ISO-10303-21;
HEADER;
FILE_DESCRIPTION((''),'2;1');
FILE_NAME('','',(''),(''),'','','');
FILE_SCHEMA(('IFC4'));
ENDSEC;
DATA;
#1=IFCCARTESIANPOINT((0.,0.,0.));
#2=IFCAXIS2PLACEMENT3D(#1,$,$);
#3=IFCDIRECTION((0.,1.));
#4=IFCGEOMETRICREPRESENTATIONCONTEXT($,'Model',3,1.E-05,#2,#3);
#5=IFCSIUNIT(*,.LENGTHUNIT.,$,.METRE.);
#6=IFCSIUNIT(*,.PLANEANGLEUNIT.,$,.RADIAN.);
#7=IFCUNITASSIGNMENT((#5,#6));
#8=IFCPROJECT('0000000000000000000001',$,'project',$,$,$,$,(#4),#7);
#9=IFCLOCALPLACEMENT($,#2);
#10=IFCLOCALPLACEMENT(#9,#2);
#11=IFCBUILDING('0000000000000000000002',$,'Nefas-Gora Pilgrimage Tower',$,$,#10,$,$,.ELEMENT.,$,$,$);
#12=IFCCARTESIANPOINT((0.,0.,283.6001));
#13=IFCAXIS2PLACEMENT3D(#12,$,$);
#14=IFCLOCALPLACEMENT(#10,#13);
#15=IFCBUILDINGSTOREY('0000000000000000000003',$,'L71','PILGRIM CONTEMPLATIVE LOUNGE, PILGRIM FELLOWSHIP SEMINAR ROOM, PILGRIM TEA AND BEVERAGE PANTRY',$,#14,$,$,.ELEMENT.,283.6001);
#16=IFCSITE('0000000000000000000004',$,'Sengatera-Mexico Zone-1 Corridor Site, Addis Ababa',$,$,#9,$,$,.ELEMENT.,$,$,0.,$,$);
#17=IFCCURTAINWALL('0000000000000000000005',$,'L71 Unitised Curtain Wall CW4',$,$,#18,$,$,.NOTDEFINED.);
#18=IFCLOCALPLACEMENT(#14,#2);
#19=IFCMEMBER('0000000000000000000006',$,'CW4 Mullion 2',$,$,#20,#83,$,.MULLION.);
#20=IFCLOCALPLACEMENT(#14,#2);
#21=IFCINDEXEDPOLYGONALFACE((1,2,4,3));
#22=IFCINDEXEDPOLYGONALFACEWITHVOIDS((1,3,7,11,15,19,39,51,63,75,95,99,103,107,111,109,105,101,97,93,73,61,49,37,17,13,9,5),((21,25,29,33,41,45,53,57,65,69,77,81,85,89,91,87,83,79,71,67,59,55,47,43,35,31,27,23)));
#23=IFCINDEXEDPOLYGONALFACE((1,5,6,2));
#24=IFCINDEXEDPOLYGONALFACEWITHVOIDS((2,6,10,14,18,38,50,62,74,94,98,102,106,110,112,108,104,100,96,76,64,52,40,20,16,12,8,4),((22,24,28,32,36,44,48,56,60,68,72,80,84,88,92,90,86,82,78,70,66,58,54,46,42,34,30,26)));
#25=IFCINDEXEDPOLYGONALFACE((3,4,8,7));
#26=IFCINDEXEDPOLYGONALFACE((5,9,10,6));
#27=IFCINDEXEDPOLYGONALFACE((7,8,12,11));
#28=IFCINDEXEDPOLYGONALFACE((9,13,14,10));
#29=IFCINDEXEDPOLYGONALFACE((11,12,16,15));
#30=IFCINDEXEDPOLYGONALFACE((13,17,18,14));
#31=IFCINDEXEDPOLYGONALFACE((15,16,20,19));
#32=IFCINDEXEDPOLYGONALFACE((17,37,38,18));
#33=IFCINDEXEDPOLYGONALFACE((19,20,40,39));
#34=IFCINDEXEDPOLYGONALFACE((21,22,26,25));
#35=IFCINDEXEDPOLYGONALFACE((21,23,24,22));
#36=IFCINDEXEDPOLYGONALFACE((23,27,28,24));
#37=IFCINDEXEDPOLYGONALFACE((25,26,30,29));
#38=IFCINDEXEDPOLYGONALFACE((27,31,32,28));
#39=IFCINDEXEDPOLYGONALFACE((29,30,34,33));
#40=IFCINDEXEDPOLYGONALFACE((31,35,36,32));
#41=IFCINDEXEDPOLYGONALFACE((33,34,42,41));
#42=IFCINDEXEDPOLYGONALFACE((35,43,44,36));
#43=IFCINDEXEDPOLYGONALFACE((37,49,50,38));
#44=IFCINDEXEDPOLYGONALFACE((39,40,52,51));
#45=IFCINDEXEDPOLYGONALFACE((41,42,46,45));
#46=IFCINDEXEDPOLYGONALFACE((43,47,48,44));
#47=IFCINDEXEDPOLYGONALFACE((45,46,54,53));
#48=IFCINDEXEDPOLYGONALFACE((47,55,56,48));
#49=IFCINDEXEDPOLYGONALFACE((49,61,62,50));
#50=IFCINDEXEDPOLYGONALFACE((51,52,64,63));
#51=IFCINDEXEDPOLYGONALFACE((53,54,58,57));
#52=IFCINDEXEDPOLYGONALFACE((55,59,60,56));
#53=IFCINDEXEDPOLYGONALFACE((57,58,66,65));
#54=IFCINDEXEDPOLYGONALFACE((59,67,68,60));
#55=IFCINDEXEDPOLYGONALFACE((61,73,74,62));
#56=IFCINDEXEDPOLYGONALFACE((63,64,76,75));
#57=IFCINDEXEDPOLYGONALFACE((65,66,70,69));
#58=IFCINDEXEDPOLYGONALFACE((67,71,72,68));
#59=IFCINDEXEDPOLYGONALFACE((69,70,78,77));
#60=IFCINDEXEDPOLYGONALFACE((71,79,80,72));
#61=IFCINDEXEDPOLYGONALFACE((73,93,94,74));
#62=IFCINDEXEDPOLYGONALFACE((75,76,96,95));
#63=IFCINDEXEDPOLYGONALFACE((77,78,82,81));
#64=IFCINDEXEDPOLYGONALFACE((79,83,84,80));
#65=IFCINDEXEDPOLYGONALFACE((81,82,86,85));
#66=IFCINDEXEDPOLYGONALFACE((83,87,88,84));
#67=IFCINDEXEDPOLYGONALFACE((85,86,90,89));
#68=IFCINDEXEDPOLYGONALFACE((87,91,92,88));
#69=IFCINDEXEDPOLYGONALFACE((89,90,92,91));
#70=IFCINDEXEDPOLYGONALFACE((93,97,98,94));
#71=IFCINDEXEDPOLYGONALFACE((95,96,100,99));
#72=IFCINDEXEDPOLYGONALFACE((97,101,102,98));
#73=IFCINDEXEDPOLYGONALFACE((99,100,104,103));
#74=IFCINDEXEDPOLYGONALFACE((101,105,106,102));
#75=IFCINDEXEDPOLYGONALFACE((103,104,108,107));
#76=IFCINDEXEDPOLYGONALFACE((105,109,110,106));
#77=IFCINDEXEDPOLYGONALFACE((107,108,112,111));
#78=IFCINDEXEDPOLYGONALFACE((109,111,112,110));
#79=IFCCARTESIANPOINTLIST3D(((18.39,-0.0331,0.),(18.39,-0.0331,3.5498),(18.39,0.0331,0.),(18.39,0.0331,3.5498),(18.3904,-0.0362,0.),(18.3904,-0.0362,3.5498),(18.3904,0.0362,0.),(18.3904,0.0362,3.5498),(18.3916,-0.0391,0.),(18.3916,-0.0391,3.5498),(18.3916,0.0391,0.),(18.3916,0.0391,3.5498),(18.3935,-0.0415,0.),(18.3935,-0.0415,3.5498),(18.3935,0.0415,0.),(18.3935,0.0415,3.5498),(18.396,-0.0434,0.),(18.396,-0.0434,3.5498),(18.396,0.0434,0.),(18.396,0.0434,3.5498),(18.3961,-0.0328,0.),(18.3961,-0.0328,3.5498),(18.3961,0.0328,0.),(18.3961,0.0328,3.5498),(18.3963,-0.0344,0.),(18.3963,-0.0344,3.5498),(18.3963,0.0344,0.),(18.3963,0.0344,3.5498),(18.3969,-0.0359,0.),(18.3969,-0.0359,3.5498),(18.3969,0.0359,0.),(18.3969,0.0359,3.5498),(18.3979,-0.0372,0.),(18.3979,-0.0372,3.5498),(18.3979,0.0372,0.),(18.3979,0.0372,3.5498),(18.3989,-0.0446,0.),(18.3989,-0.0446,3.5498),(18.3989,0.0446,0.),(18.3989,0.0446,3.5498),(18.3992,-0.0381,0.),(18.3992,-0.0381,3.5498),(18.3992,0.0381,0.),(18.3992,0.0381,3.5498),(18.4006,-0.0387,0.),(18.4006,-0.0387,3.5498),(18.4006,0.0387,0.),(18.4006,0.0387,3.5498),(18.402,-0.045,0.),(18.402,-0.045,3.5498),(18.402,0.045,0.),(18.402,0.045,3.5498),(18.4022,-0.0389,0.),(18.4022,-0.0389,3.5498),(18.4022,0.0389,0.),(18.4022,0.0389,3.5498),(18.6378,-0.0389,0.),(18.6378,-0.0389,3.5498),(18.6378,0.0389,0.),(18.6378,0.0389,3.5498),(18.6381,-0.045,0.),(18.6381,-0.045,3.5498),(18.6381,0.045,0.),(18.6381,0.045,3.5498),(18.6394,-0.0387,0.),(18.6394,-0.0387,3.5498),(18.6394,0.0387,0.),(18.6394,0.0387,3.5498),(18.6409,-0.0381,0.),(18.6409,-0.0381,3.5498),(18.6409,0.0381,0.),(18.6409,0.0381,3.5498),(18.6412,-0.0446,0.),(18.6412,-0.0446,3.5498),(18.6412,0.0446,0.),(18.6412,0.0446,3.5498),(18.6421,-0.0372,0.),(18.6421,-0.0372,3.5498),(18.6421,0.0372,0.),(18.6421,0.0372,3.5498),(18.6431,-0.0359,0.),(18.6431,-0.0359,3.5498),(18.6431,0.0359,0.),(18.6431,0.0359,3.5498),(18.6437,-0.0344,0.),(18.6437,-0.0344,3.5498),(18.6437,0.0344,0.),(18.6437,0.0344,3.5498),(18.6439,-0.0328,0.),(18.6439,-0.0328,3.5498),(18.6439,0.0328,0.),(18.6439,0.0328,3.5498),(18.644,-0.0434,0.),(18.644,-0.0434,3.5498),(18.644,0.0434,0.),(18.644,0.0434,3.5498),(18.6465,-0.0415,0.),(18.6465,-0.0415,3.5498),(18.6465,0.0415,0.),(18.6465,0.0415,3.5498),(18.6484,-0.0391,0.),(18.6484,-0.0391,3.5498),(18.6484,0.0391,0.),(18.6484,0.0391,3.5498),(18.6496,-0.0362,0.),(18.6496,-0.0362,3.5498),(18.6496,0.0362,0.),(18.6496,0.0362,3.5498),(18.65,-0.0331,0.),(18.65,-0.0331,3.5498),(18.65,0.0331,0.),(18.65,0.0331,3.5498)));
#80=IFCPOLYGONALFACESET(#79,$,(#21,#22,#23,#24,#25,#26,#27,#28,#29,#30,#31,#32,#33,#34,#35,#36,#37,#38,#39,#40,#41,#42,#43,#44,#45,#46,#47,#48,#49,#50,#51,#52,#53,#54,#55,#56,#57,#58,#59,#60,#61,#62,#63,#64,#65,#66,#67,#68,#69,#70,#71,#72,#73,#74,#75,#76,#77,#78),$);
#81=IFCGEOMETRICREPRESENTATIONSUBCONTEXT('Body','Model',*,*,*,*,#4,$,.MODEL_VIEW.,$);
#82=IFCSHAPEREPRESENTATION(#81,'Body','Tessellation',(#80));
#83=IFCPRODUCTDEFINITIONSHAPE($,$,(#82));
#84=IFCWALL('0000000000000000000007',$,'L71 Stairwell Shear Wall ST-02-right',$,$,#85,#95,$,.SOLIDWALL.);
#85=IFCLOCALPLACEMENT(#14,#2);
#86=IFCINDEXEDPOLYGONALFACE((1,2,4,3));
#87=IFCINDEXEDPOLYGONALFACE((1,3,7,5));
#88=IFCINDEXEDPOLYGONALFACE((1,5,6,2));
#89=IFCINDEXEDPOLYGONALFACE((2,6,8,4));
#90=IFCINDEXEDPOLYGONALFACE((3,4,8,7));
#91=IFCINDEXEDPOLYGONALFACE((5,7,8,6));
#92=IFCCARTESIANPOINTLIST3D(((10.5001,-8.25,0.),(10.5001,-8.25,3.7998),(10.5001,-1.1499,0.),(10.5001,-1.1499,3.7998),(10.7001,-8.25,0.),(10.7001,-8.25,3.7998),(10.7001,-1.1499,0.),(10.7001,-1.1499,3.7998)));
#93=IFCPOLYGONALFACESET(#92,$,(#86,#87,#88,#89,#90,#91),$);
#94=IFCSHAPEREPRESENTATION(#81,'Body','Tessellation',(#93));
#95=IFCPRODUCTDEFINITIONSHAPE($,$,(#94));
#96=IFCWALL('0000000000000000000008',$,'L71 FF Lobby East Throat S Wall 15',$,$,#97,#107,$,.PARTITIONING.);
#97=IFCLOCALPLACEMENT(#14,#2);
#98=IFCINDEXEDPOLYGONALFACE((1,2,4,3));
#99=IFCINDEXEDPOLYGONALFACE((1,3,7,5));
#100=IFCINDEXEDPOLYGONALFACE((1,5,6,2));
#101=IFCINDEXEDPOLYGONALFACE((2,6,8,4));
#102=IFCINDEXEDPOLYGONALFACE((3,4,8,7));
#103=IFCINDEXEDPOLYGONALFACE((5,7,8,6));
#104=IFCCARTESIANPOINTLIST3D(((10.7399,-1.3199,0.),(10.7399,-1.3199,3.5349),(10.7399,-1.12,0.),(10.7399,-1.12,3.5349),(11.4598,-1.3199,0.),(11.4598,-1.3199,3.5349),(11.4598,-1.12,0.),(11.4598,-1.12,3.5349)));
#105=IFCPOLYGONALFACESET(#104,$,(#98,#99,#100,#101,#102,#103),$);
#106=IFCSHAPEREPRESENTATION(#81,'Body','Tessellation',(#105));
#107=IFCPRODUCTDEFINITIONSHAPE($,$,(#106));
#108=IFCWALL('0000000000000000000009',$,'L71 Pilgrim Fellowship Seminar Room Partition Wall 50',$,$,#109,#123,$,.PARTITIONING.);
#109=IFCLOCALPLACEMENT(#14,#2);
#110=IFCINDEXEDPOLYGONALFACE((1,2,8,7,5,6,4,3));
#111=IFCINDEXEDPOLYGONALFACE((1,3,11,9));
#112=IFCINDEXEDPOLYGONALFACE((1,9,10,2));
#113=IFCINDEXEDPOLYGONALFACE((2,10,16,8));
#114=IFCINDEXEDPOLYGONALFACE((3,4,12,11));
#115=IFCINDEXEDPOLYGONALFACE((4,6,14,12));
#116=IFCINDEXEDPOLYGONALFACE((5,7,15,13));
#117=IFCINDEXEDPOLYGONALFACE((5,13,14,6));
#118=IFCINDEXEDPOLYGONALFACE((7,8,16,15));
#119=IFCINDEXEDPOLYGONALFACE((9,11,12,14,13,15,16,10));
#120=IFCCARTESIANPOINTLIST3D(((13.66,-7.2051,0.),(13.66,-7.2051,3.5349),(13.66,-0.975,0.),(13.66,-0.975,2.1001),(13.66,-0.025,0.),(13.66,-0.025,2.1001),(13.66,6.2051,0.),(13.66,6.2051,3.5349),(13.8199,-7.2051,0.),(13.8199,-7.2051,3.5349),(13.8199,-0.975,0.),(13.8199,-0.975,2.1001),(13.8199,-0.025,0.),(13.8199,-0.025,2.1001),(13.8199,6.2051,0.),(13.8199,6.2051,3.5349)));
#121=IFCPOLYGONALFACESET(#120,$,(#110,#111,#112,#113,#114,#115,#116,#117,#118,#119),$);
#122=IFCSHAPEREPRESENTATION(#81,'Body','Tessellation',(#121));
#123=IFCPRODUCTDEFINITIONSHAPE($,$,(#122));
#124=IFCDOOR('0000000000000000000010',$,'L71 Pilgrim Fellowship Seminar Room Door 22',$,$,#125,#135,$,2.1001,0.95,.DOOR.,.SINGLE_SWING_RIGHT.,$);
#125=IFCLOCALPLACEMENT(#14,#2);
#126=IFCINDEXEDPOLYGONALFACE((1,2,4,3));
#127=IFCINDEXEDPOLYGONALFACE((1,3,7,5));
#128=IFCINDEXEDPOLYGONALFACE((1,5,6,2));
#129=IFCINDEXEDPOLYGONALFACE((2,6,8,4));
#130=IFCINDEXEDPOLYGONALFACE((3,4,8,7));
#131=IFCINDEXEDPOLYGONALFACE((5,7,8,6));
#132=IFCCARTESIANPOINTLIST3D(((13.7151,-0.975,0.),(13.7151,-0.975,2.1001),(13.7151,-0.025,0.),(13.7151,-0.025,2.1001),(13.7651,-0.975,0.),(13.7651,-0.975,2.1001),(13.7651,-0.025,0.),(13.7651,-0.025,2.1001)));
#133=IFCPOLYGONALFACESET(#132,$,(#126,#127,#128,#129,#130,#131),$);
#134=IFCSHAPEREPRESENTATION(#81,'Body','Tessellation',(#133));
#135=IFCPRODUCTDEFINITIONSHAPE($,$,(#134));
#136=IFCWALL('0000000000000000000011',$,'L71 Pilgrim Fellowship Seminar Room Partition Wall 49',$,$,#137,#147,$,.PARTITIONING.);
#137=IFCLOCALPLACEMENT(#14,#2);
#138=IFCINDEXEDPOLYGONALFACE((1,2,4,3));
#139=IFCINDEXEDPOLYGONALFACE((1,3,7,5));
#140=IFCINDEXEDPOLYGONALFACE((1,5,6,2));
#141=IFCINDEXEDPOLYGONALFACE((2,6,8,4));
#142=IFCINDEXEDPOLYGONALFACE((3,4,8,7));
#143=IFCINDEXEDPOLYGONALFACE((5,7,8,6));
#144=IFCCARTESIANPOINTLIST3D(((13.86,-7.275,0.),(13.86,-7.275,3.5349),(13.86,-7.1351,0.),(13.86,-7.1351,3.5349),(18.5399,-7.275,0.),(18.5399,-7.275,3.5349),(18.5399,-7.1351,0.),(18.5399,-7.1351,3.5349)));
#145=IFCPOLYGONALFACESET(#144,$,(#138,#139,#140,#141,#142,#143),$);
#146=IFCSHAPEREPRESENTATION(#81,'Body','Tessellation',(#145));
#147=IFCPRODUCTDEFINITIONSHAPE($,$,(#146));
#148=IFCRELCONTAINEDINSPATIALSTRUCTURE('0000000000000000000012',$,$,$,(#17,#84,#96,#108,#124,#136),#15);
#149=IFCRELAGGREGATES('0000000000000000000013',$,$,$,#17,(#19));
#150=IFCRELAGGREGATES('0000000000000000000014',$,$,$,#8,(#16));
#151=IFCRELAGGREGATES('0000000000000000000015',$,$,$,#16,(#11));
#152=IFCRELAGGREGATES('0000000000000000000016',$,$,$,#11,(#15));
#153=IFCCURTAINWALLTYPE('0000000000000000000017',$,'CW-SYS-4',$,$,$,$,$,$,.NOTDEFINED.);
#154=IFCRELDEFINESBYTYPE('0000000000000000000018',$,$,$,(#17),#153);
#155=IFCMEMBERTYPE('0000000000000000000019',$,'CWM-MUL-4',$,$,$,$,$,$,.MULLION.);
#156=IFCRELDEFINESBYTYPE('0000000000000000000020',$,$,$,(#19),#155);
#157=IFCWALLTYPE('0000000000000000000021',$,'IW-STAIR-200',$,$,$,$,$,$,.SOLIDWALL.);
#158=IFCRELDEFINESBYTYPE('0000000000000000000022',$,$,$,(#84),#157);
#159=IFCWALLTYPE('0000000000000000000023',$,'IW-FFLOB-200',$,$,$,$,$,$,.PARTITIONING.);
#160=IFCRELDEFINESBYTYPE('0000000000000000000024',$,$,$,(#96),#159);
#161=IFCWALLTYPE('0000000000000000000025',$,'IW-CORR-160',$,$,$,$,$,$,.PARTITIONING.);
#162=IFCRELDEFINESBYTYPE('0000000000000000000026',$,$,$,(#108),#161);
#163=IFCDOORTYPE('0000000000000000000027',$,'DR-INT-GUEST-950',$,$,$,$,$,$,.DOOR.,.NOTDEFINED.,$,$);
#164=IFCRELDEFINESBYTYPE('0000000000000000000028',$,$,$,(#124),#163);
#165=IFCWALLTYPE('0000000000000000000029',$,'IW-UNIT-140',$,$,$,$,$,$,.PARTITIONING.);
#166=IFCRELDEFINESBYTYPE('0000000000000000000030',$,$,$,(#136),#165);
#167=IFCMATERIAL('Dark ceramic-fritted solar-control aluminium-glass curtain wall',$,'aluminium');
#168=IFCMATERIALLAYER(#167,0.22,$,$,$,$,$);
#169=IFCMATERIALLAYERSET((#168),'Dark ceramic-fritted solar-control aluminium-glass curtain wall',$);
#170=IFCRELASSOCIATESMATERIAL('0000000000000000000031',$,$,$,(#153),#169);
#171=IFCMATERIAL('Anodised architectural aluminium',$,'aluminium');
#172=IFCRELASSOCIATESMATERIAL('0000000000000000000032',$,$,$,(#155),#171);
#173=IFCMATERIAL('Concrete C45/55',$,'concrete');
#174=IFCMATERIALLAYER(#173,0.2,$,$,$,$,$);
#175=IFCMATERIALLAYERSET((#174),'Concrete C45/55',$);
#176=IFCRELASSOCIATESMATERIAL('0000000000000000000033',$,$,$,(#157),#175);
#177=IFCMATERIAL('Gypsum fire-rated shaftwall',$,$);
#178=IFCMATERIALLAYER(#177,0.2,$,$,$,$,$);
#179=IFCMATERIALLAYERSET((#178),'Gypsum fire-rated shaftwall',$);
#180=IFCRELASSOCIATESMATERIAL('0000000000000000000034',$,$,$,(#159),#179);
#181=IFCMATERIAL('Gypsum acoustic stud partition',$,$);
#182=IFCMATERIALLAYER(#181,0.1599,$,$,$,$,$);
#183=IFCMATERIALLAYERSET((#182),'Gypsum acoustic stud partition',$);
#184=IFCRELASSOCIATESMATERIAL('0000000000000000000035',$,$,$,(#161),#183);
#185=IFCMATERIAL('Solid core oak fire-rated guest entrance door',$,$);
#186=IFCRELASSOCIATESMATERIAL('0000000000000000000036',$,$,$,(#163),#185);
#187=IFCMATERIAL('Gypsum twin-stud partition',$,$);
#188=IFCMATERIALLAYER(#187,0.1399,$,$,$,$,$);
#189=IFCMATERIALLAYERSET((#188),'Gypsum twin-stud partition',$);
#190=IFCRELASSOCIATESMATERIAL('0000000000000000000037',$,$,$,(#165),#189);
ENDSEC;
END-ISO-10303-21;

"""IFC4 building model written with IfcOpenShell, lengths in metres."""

from ifc_helpers import new_model, si_unit, direction, frame, frame_2d, origin, origin_2d, place, context, subcontext, project, spatial, rectangle, hollow_rectangle, extrude, source, transform, mapped, material, layer, layer_set, material_profile, profile_set, type_object, element, fill, aggregate, save


model = new_model("IFC4")

# Units and contexts
model_context = context("Model", 3, precision=1e-05, world=origin(), true_north=direction((0.0, 1.0)))
body_context = subcontext(model_context, "Body", "Model", "MODEL_VIEW")
ifc_project = project(units=[si_unit("LENGTHUNIT", "METRE"), si_unit("PLANEANGLEUNIT", "RADIAN")], contexts=[model_context])

# Site, building, storey
site_placement = place(None, origin())
site = spatial("IfcSite", under=ifc_project, at=site_placement, Name="Sengatera-Mexico Zone-1 Corridor Site, Addis Ababa", CompositionType="ELEMENT", RefElevation=0.0)
building_placement = place(site_placement, origin())
building = spatial("IfcBuilding", under=site, at=building_placement, Name="Nefas-Gora Pilgrimage Tower", CompositionType="ELEMENT")
storey_placement = place(building_placement, frame((0.0, 0.0, 283.6001)))
storey = spatial("IfcBuildingStorey", under=building, at=storey_placement, Name="L71", Description="PILGRIM CONTEMPLATIVE LOUNGE, PILGRIM FELLOWSHIP SEMINAR ROOM, PILGRIM TEA AND BEVERAGE PANTRY", CompositionType="ELEMENT", Elevation=283.6001)

# Curtain wall, member
ifc_material_1 = material(Name="Dark ceramic-fritted solar-control aluminium-glass curtain wall", Category="aluminium")
ifc_layer_1 = layer(ifc_material_1, 0.22)
ifc_layer_set_1 = layer_set([ifc_layer_1], Name="Dark ceramic-fritted solar-control aluminium-glass curtain wall")
curtain_wall_type = type_object("IfcCurtainWallType", Name="CW-SYS-4", PredefinedType="NOTDEFINED", material=ifc_layer_set_1)
curtain_wall_placement = place(storey_placement, origin())
curtain_wall = element("IfcCurtainWall", 1, at=curtain_wall_placement, inside=storey, type_object=curtain_wall_type, Name="L71 Unitised Curtain Wall CW4", PredefinedType="NOTDEFINED")
ifc_material_2 = material(Name="Anodised architectural aluminium", Category="aluminium")
ifc_material_profile_1 = material_profile(ifc_material_2, hollow_rectangle(XDim=0.0901, YDim=0.26, WallThickness=0.0061, InnerFilletRadius=0.0061, OuterFilletRadius=0.012, at=origin_2d()), Name="ALU MULLION 90x260")
ifc_profile_set_1 = profile_set([ifc_material_profile_1], Name="Anodised architectural aluminium")
member_type = type_object("IfcMemberType", Name="CWM-MUL-4", PredefinedType="MULLION", material=ifc_profile_set_1)
shared_shape_1 = source(origin(), body_context, "Body", "SweptSolid", [
    extrude(hollow_rectangle(XDim=0.0901, YDim=0.26, WallThickness=0.0061, InnerFilletRadius=0.0061, OuterFilletRadius=0.012, at=origin_2d()), origin(), (0.0, 0.0, 1.0), 3.5498),
])
member_placement = place(storey_placement, frame((18.52, 0.0, 0.0), z_axis=(0.0, 0.0, 1.0), x_axis=(0.0, 1.0, 0.0)))
member = element("IfcMember", 2, at=member_placement, type_object=member_type, Name="CW4 Mullion 2", PredefinedType="MULLION", context=body_context, shape_type="MappedRepresentation", body=[
    mapped(shared_shape_1, transform((0.0, 0.0, 0.0), x_axis=(1.0, 0.0, 0.0), y_axis=(0.0, 1.0, 0.0), z_axis=(0.0, 0.0, 1.0), scale=1.0)),
])
aggregate(curtain_wall, [member])

# Walls
ifc_material_3 = material(Name="Concrete C45/55", Category="concrete")
ifc_layer_2 = layer(ifc_material_3, 0.2)
ifc_layer_set_2 = layer_set([ifc_layer_2], Name="Concrete C45/55")
wall_type_1 = type_object("IfcWallType", Name="IW-STAIR-200", PredefinedType="SOLIDWALL", material=ifc_layer_set_2)
shared_shape_2 = source(origin(), body_context, "Body", "SweptSolid", [
    extrude(rectangle(XDim=7.1001, YDim=0.2, at=frame_2d((3.55, 0.0))), origin(), (0.0, 0.0, 1.0), 3.7998),
])
wall_1_placement = place(storey_placement, frame((10.6001, -1.1499, 0.0), z_axis=(0.0, 0.0, 1.0), x_axis=(0.0, -1.0, 0.0)))
element("IfcWall", 3, at=wall_1_placement, inside=storey, type_object=wall_type_1, Name="L71 Stairwell Shear Wall ST-02-right", PredefinedType="SOLIDWALL", context=body_context, shape_type="MappedRepresentation", body=[
    mapped(shared_shape_2, transform((0.0, 0.0, 0.0), x_axis=(1.0, 0.0, 0.0), y_axis=(0.0, 1.0, 0.0), z_axis=(0.0, 0.0, 1.0), scale=1.0)),
])
ifc_material_4 = material(Name="Gypsum fire-rated shaftwall")
ifc_layer_3 = layer(ifc_material_4, 0.2)
ifc_layer_set_3 = layer_set([ifc_layer_3], Name="Gypsum fire-rated shaftwall")
wall_type_2 = type_object("IfcWallType", Name="IW-FFLOB-200", PredefinedType="PARTITIONING", material=ifc_layer_set_3)
shared_shape_3 = source(origin(), body_context, "Body", "SweptSolid", [
    extrude(rectangle(XDim=0.72, YDim=0.2, at=frame_2d((0.3599, 0.0))), origin(), (0.0, 0.0, 1.0), 3.5349),
])
wall_2_placement = place(storey_placement, frame((10.74, -1.22, 0.0), z_axis=(0.0, 0.0, 1.0), x_axis=(1.0, 0.0, 0.0)))
element("IfcWall", 4, at=wall_2_placement, inside=storey, type_object=wall_type_2, Name="L71 FF Lobby East Throat S Wall 15", PredefinedType="PARTITIONING", context=body_context, shape_type="MappedRepresentation", body=[
    mapped(shared_shape_3, transform((0.0, 0.0, 0.0), x_axis=(1.0, 0.0, 0.0), y_axis=(0.0, 1.0, 0.0), z_axis=(0.0, 0.0, 1.0), scale=1.0)),
])

# Wall, opening, door
ifc_material_5 = material(Name="Gypsum acoustic stud partition")
ifc_layer_4 = layer(ifc_material_5, 0.1599)
ifc_layer_set_4 = layer_set([ifc_layer_4], Name="Gypsum acoustic stud partition")
wall_type_3 = type_object("IfcWallType", Name="IW-CORR-160", PredefinedType="PARTITIONING", material=ifc_layer_set_4)
shared_shape_4 = source(origin(), body_context, "Body", "SweptSolid", [
    extrude(rectangle(XDim=13.4102, YDim=0.1599, at=frame_2d((6.7051, 0.0))), origin(), (0.0, 0.0, 1.0), 3.5349),
])
wall_3_placement = place(storey_placement, frame((13.74, -7.2051, 0.0), z_axis=(0.0, 0.0, 1.0), x_axis=(0.0, 1.0, 0.0)))
wall_3 = element("IfcWall", 5, at=wall_3_placement, inside=storey, type_object=wall_type_3, Name="L71 Pilgrim Fellowship Seminar Room Partition Wall 50", PredefinedType="PARTITIONING", context=body_context, shape_type="MappedRepresentation", body=[
    mapped(shared_shape_4, transform((0.0, 0.0, 0.0), x_axis=(1.0, 0.0, 0.0), y_axis=(0.0, 1.0, 0.0), z_axis=(0.0, 0.0, 1.0), scale=1.0)),
])
opening_1_placement = place(wall_3_placement, frame((6.23, 0.0, 0.0)))
opening_1 = element("IfcOpeningElement", 6, at=opening_1_placement, cuts=wall_3, PredefinedType="OPENING", context=body_context, shape_type="SweptSolid", body=[
    extrude(rectangle(XDim=0.95, YDim=2.1001, at=frame_2d((0.4751, 1.05))), frame((0.0, 0.0898, 0.0), z_axis=(0.0, -1.0, 0.0), x_axis=(1.0, 0.0, 0.0)), (0.0, 0.0, 1.0), 0.1799),
])
ifc_material_6 = material(Name="Solid core oak fire-rated guest entrance door")
door_type_1 = type_object("IfcDoorType", Name="DR-INT-GUEST-950", OperationType="NOTDEFINED", PredefinedType="DOOR", material=ifc_material_6)
shared_shape_5 = source(origin(), body_context, "Body", "SweptSolid", [
    extrude(rectangle(XDim=0.95, YDim=2.1001, at=frame_2d((0.4751, 1.05))), frame((0.0, 0.0249, 0.0), z_axis=(0.0, -1.0, 0.0), x_axis=(1.0, 0.0, 0.0)), (0.0, 0.0, 1.0), 0.05),
])
door_1_placement = place(opening_1_placement, origin())
door_1 = element("IfcDoor", 7, at=door_1_placement, inside=storey, type_object=door_type_1, Name="L71 Pilgrim Fellowship Seminar Room Door 22", OperationType="SINGLE_SWING_RIGHT", OverallHeight=2.1001, OverallWidth=0.95, PredefinedType="DOOR", context=body_context, shape_type="MappedRepresentation", body=[
    mapped(shared_shape_5, transform((0.0, 0.0, 0.0), x_axis=(1.0, 0.0, 0.0), y_axis=(0.0, 1.0, 0.0), z_axis=(0.0, 0.0, 1.0), scale=1.0)),
])
fill(opening_1, door_1)

# Wall
ifc_material_7 = material(Name="Gypsum twin-stud partition")
ifc_layer_5 = layer(ifc_material_7, 0.1399)
ifc_layer_set_5 = layer_set([ifc_layer_5], Name="Gypsum twin-stud partition")
wall_type_4 = type_object("IfcWallType", Name="IW-UNIT-140", PredefinedType="PARTITIONING", material=ifc_layer_set_5)
shared_shape_6 = source(origin(), body_context, "Body", "SweptSolid", [
    extrude(rectangle(XDim=4.6799, YDim=0.1399, at=frame_2d((2.3398, 0.0))), origin(), (0.0, 0.0, 1.0), 3.5349),
])
wall_4_placement = place(storey_placement, frame((13.8601, -7.2051, 0.0), z_axis=(0.0, 0.0, 1.0), x_axis=(1.0, 0.0, 0.0)))
element("IfcWall", 8, at=wall_4_placement, inside=storey, type_object=wall_type_4, Name="L71 Pilgrim Fellowship Seminar Room Partition Wall 49", PredefinedType="PARTITIONING", context=body_context, shape_type="MappedRepresentation", body=[
    mapped(shared_shape_6, transform((0.0, 0.0, 0.0), x_axis=(1.0, 0.0, 0.0), y_axis=(0.0, 1.0, 0.0), z_axis=(0.0, 0.0, 1.0), scale=1.0)),
])

save(model, "model.ifc")
